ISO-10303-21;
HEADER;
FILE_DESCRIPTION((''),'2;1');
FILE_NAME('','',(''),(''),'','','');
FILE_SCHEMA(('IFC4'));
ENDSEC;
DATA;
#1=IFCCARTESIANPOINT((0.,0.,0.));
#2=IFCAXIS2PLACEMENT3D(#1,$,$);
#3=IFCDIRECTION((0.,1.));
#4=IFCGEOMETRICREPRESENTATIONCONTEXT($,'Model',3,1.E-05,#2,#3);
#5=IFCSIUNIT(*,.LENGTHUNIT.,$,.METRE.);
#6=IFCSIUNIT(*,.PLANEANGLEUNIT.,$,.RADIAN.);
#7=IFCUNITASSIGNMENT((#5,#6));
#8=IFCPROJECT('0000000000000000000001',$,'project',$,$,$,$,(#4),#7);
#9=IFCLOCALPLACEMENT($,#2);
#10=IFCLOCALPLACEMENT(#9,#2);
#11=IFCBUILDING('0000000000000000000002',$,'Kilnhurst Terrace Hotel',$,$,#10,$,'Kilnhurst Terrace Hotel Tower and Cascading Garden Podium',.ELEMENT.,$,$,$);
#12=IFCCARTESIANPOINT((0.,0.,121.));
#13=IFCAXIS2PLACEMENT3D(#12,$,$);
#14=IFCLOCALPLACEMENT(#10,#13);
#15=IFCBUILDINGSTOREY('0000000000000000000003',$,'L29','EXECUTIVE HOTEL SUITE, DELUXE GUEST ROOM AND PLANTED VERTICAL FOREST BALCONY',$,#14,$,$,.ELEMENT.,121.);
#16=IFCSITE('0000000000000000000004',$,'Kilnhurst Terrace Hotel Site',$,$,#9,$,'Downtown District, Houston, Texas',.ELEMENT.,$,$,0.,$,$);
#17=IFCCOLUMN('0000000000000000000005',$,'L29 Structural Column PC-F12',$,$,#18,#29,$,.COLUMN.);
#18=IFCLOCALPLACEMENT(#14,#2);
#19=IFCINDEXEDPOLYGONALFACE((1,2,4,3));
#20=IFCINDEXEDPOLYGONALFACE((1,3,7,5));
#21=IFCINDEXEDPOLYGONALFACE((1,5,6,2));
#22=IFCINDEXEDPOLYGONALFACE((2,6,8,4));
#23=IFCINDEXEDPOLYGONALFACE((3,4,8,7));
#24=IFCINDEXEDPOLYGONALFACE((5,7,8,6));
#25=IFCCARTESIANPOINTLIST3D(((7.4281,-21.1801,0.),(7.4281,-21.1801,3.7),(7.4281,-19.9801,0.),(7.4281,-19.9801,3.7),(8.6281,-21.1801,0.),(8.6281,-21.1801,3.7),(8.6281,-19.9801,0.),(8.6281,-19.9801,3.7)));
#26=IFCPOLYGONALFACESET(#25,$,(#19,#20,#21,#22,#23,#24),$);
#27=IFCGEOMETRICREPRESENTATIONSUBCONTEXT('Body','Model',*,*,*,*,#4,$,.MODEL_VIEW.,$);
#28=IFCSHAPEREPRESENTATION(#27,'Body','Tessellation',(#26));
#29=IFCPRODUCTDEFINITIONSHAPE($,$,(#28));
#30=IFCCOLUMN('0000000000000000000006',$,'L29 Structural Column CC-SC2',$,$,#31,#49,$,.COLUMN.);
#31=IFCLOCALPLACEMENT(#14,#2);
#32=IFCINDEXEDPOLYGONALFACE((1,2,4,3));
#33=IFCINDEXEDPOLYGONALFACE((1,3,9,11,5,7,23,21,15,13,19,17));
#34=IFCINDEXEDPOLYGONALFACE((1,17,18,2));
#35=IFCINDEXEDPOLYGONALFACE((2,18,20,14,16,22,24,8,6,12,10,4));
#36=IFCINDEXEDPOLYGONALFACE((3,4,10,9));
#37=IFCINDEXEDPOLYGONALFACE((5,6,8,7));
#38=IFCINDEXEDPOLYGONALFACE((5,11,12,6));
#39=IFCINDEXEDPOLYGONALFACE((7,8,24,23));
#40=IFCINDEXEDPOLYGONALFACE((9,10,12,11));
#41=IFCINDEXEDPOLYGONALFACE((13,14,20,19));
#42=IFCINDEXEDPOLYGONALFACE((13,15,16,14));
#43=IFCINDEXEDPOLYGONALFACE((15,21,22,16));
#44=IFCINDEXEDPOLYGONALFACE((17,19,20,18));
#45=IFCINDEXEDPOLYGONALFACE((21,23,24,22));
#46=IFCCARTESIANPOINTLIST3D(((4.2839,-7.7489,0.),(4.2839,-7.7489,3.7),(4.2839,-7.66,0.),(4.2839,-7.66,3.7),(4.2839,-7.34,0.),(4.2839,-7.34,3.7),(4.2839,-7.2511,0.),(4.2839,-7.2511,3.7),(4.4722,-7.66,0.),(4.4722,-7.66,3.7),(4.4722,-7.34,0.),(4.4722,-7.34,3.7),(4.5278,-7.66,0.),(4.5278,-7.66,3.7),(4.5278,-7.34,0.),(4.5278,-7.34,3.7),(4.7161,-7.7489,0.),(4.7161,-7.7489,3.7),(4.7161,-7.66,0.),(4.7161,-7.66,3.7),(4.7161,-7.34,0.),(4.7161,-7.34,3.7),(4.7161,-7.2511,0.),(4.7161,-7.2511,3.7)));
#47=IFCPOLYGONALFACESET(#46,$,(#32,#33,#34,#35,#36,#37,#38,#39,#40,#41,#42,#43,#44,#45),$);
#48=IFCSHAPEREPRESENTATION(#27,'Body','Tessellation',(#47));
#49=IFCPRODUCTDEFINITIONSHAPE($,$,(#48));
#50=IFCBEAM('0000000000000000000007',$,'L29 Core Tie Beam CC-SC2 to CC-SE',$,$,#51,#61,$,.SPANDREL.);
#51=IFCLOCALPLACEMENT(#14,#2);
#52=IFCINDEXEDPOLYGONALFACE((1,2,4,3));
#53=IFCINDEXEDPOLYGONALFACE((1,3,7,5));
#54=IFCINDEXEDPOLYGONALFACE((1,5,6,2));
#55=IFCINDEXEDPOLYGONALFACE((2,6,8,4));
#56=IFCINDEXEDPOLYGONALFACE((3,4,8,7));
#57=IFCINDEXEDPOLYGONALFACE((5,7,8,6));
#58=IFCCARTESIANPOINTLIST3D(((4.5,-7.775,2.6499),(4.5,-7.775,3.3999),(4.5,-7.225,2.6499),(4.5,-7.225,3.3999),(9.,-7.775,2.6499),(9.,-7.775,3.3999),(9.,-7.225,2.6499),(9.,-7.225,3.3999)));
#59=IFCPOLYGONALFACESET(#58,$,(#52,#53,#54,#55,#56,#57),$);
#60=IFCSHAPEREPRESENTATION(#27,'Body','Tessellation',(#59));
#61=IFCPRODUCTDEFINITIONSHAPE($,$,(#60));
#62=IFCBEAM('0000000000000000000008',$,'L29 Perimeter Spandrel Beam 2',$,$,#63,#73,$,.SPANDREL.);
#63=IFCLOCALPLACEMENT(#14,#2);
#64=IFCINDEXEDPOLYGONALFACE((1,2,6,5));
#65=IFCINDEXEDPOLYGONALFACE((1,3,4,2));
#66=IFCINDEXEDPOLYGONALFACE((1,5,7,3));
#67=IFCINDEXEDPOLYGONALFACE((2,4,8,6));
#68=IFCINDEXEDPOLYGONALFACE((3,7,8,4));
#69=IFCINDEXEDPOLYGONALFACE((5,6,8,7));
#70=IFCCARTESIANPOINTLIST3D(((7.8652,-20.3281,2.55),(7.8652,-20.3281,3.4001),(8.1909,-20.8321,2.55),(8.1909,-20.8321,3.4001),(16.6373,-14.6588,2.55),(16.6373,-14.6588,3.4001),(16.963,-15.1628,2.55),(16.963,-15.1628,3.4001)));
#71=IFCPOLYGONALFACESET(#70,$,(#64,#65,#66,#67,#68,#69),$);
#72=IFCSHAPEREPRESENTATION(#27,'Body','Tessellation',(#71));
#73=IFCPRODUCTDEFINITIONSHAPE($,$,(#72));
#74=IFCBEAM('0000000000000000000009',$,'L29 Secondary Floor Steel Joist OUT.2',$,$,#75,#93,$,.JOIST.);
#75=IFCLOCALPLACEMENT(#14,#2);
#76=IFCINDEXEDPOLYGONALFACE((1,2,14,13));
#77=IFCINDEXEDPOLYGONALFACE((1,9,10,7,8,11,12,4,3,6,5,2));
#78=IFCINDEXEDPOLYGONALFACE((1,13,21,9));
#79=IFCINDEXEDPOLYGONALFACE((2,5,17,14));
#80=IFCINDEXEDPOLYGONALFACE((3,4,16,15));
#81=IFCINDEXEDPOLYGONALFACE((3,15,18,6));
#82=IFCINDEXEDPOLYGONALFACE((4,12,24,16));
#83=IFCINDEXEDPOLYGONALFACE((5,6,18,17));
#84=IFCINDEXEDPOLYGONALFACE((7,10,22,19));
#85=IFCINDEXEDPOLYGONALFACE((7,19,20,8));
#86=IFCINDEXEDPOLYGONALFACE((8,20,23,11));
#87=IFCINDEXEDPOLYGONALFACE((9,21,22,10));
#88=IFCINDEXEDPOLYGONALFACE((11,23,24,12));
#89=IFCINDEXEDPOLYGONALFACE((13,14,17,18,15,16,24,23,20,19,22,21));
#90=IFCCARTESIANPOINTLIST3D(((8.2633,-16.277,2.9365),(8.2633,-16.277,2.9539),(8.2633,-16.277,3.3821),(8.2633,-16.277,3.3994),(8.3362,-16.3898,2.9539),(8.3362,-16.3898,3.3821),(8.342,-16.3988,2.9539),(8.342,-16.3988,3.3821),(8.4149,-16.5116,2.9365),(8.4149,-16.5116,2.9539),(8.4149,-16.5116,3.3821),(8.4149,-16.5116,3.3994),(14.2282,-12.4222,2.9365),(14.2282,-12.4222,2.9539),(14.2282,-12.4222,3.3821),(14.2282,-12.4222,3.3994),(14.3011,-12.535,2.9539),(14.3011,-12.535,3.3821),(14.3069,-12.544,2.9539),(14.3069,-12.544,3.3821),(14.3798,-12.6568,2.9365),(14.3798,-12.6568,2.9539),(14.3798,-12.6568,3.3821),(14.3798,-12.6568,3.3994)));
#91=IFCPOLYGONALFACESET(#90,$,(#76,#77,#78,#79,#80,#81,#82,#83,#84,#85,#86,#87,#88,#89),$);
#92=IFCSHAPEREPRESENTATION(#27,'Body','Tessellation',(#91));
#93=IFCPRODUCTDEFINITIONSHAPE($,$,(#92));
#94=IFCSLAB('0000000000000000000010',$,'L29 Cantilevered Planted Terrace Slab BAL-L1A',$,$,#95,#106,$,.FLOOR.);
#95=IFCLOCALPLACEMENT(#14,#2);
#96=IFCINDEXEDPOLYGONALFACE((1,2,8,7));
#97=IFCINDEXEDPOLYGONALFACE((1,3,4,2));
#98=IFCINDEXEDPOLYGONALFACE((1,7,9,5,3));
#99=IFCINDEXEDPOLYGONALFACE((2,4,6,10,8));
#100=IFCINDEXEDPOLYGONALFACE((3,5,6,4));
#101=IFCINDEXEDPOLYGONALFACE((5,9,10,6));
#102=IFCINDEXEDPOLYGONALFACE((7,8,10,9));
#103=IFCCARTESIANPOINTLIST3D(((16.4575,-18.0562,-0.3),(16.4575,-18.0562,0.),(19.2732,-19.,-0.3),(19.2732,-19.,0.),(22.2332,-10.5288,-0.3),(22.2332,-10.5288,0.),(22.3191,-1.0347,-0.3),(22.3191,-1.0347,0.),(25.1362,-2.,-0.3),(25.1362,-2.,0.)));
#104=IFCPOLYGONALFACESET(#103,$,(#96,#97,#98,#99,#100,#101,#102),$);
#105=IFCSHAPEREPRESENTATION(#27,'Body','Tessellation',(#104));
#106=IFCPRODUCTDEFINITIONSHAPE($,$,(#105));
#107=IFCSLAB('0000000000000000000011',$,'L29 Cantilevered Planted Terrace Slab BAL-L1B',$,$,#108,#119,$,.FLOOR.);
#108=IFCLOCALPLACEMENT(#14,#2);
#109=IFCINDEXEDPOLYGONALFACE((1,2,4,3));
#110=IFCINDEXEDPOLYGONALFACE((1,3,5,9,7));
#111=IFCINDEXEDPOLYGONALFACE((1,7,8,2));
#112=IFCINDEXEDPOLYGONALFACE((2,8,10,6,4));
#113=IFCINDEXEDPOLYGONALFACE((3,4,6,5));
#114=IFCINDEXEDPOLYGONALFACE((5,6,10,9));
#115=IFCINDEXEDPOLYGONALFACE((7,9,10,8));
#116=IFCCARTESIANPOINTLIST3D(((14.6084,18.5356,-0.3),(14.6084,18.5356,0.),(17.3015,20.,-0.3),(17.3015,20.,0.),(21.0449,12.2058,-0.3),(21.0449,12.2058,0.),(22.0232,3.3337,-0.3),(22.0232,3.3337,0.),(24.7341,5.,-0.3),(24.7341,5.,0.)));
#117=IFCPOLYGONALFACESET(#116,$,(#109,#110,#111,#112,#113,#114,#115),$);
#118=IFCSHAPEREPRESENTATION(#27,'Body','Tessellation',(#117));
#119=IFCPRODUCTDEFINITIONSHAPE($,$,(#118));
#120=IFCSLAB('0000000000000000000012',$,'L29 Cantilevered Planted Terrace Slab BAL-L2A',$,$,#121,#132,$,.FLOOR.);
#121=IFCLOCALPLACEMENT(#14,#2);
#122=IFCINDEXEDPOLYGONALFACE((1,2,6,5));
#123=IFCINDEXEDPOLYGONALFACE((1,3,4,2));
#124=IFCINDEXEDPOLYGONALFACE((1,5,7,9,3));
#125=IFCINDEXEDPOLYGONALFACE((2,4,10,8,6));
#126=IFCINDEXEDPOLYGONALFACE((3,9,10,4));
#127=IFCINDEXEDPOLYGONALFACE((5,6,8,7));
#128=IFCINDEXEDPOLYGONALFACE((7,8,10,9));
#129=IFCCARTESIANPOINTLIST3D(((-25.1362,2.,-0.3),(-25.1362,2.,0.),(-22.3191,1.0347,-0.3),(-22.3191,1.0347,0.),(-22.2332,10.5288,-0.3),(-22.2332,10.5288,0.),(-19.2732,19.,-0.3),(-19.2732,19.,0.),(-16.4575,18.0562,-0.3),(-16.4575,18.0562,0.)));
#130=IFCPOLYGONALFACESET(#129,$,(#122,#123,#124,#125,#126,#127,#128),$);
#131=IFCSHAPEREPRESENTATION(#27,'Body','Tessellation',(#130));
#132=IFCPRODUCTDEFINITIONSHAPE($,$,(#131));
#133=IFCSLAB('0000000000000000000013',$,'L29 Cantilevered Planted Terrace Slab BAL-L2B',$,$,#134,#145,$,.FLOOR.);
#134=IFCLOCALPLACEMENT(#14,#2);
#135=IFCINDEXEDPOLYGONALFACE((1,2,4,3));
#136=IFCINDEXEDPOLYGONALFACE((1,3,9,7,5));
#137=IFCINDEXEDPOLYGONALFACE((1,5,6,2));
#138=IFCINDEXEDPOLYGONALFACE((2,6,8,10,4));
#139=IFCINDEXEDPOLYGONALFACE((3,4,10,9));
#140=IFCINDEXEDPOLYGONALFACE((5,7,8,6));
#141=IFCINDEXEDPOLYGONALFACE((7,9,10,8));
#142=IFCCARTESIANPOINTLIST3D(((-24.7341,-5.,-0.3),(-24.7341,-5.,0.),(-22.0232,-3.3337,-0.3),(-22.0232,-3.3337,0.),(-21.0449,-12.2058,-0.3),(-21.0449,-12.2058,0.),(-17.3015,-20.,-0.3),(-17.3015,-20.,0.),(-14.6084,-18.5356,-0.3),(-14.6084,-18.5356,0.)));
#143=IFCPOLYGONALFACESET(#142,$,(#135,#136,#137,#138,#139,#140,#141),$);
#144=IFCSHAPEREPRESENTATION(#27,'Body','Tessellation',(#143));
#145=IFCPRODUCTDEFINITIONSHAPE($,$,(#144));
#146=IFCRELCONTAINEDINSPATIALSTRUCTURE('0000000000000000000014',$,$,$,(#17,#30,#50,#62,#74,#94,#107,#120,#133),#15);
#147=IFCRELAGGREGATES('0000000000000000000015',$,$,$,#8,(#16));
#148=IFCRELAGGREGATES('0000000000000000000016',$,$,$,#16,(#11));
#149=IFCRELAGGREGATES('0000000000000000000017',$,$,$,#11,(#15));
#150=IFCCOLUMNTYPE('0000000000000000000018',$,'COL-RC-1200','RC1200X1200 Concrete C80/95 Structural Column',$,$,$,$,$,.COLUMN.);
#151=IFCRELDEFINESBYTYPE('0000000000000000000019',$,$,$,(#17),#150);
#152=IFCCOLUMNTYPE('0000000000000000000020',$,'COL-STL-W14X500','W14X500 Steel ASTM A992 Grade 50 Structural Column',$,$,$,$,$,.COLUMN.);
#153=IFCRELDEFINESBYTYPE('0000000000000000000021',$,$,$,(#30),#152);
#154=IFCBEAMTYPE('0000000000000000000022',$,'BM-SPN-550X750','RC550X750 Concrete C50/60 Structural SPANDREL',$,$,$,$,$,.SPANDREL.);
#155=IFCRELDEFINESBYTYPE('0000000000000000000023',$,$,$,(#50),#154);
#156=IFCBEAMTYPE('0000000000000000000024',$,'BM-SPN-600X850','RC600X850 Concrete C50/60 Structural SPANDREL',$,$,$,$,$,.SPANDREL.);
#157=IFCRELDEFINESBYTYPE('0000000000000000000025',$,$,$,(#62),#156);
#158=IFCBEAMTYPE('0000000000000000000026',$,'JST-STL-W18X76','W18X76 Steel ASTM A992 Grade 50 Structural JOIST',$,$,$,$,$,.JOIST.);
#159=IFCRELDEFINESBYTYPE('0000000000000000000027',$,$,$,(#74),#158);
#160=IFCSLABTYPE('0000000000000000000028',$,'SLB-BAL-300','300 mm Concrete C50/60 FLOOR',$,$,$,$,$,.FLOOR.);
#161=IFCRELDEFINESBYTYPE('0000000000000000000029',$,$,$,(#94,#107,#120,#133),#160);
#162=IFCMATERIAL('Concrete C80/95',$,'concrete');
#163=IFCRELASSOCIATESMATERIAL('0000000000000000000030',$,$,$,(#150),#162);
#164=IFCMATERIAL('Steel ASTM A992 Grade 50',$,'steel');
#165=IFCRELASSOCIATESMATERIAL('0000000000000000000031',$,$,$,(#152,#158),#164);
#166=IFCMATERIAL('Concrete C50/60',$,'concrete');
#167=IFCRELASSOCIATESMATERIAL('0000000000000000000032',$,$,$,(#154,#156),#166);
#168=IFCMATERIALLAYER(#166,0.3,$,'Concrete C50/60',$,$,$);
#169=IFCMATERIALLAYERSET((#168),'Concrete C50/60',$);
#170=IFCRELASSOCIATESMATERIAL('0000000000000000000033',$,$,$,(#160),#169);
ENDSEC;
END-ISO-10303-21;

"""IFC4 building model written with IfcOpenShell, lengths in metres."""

from ifc_helpers import new_model, si_unit, direction, frame, origin, origin_2d, place, context, subcontext, project, spatial, polyline, rectangle, i_section, outline, extrude, material, layer, layer_set, material_profile, profile_set, type_object, element, save


model = new_model("IFC4")

# Units and contexts
model_context = context("Model", 3, precision=1e-05, world=origin(), true_north=direction((0.0, 1.0)))
body_context = subcontext(model_context, "Body", "Model", "MODEL_VIEW")
ifc_project = project(units=[si_unit("LENGTHUNIT", "METRE"), si_unit("PLANEANGLEUNIT", "RADIAN")], contexts=[model_context])

# Site, building, storey
site_placement = place(None, origin())
site = spatial("IfcSite", under=ifc_project, at=site_placement, Name="Kilnhurst Terrace Hotel Site", LongName="Downtown District, Houston, Texas", CompositionType="ELEMENT", RefElevation=0.0)
building_placement = place(site_placement, origin())
building = spatial("IfcBuilding", under=site, at=building_placement, Name="Kilnhurst Terrace Hotel", LongName="Kilnhurst Terrace Hotel Tower and Cascading Garden Podium", CompositionType="ELEMENT")
storey_placement = place(building_placement, frame((0.0, 0.0, 121.0)))
storey = spatial("IfcBuildingStorey", under=building, at=storey_placement, Name="L29", Description="EXECUTIVE HOTEL SUITE, DELUXE GUEST ROOM AND PLANTED VERTICAL FOREST BALCONY", CompositionType="ELEMENT", Elevation=121.0)

# Columns
ifc_material_1 = material(Name="Concrete C80/95", Category="concrete")
ifc_material_profile_1 = material_profile(ifc_material_1, rectangle(XDim=1.2, YDim=1.2, at=origin_2d()), Name="RC1200X1200")
ifc_profile_set_1 = profile_set([ifc_material_profile_1], Name="Concrete C80/95")
column_type_1 = type_object("IfcColumnType", Name="COL-RC-1200", Description="RC1200X1200 Concrete C80/95 Structural Column", PredefinedType="COLUMN", material=ifc_profile_set_1)
column_1_placement = place(storey_placement, frame((8.0281, -20.5801, 0.0), z_axis=(0.0, 0.0, 1.0), x_axis=(1.0, 0.0, 0.0)))
element("IfcColumn", 1, at=column_1_placement, inside=storey, type_object=column_type_1, Name="L29 Structural Column PC-F12", PredefinedType="COLUMN", context=body_context, shape_type="SweptSolid", body=[
    extrude(rectangle(XDim=1.2, YDim=1.2, at=origin_2d()), origin(), (0.0, 0.0, 1.0), 3.7),
])
ifc_material_2 = material(Name="Steel ASTM A992 Grade 50", Category="steel")
ifc_material_profile_2 = material_profile(ifc_material_2, i_section(OverallWidth=0.4321, OverallDepth=0.4978, WebThickness=0.0557, FlangeThickness=0.0889, at=origin_2d()), Name="W14X500")
ifc_profile_set_2 = profile_set([ifc_material_profile_2], Name="Steel ASTM A992 Grade 50")
column_type_2 = type_object("IfcColumnType", Name="COL-STL-W14X500", Description="W14X500 Steel ASTM A992 Grade 50 Structural Column", PredefinedType="COLUMN", material=ifc_profile_set_2)
column_2_placement = place(storey_placement, frame((4.5, -7.5, 0.0), z_axis=(0.0, 0.0, 1.0), x_axis=(1.0, 0.0, 0.0)))
element("IfcColumn", 2, at=column_2_placement, inside=storey, type_object=column_type_2, Name="L29 Structural Column CC-SC2", PredefinedType="COLUMN", context=body_context, shape_type="SweptSolid", body=[
    extrude(i_section(OverallWidth=0.4321, OverallDepth=0.4978, WebThickness=0.0557, FlangeThickness=0.0889, at=origin_2d()), origin(), (0.0, 0.0, 1.0), 3.7),
])

# Beams
ifc_material_3 = material(Name="Concrete C50/60", Category="concrete")
ifc_material_profile_3 = material_profile(ifc_material_3, rectangle(XDim=0.55, YDim=0.75, at=origin_2d()), Name="RC550X750")
ifc_profile_set_3 = profile_set([ifc_material_profile_3], Name="Concrete C50/60")
beam_type_1 = type_object("IfcBeamType", Name="BM-SPN-550X750", Description="RC550X750 Concrete C50/60 Structural SPANDREL", PredefinedType="SPANDREL", material=ifc_profile_set_3)
beam_1_placement = place(storey_placement, frame((4.5, -7.5, 3.0249), z_axis=(1.0, 0.0, 0.0), x_axis=(0.0, 1.0, 0.0)))
element("IfcBeam", 3, at=beam_1_placement, inside=storey, type_object=beam_type_1, Name="L29 Core Tie Beam CC-SC2 to CC-SE", PredefinedType="SPANDREL", context=body_context, shape_type="SweptSolid", body=[
    extrude(rectangle(XDim=0.55, YDim=0.75, at=origin_2d()), origin(), (0.0, 0.0, 1.0), 4.5),
])
ifc_material_profile_4 = material_profile(ifc_material_3, rectangle(XDim=0.6001, YDim=0.8501, at=origin_2d()), Name="RC600X850")
ifc_profile_set_4 = profile_set([ifc_material_profile_4], Name="Concrete C50/60")
beam_type_2 = type_object("IfcBeamType", Name="BM-SPN-600X850", Description="RC600X850 Concrete C50/60 Structural SPANDREL", PredefinedType="SPANDREL", material=ifc_profile_set_4)
beam_2_placement = place(storey_placement, frame((8.0281, -20.5801, 2.9751), z_axis=(0.839867, 0.542793, 0.0), x_axis=(-0.542793, 0.839867, 0.0)))
element("IfcBeam", 4, at=beam_2_placement, inside=storey, type_object=beam_type_2, Name="L29 Perimeter Spandrel Beam 2", PredefinedType="SPANDREL", context=body_context, shape_type="SweptSolid", body=[
    extrude(rectangle(XDim=0.6001, YDim=0.8501, at=origin_2d()), origin(), (0.0, 0.0, 1.0), 10.4446),
])
ifc_material_profile_5 = material_profile(ifc_material_2, i_section(OverallWidth=0.2793, OverallDepth=0.4629, WebThickness=0.0107, FlangeThickness=0.0173, at=origin_2d()), Name="W18X76")
ifc_profile_set_5 = profile_set([ifc_material_profile_5], Name="Steel ASTM A992 Grade 50")
beam_type_3 = type_object("IfcBeamType", Name="JST-STL-W18X76", Description="W18X76 Steel ASTM A992 Grade 50 Structural JOIST", PredefinedType="JOIST", material=ifc_profile_set_5)
beam_3_placement = place(storey_placement, frame((8.3391, -16.3943, 3.168), z_axis=(0.839883, 0.542768, 0.0), x_axis=(-0.542768, 0.839883, 0.0)))
element("IfcBeam", 5, at=beam_3_placement, inside=storey, type_object=beam_type_3, Name="L29 Secondary Floor Steel Joist OUT.2", PredefinedType="JOIST", context=body_context, shape_type="SweptSolid", body=[
    extrude(i_section(OverallWidth=0.2793, OverallDepth=0.4629, WebThickness=0.0107, FlangeThickness=0.0173, at=origin_2d()), origin(), (0.0, 0.0, 1.0), 7.1021),
])

# Slabs
ifc_layer_1 = layer(ifc_material_3, 0.3, Name="Concrete C50/60")
ifc_layer_set_1 = layer_set([ifc_layer_1], Name="Concrete C50/60")
slab_type_1 = type_object("IfcSlabType", Name="SLB-BAL-300", Description="300 mm Concrete C50/60 FLOOR", PredefinedType="FLOOR", material=ifc_layer_set_1)
slab_1_placement = place(storey_placement, frame((0.0, 0.0, -0.3)))
element("IfcSlab", 6, at=slab_1_placement, inside=storey, type_object=slab_type_1, Name="L29 Cantilevered Planted Terrace Slab BAL-L1A", PredefinedType="FLOOR", context=body_context, shape_type="SweptSolid", body=[
    extrude(outline(polyline([(22.2332, -10.5288), (19.2732, -19.0), (16.4575, -18.0562), (22.3191, -1.0347), (25.1362, -2.0), (22.2332, -10.5288)])), origin(), (0.0, 0.0, 1.0), 0.3),
])
slab_2_placement = place(storey_placement, frame((0.0, 0.0, -0.3)))
element("IfcSlab", 7, at=slab_2_placement, inside=storey, type_object=slab_type_1, Name="L29 Cantilevered Planted Terrace Slab BAL-L1B", PredefinedType="FLOOR", context=body_context, shape_type="SweptSolid", body=[
    extrude(outline(polyline([(24.7341, 5.0), (22.0232, 3.3337), (14.6084, 18.5356), (17.3015, 20.0), (21.0449, 12.2058), (24.7341, 5.0)])), origin(), (0.0, 0.0, 1.0), 0.3),
])
slab_3_placement = place(storey_placement, frame((0.0, 0.0, -0.3)))
element("IfcSlab", 8, at=slab_3_placement, inside=storey, type_object=slab_type_1, Name="L29 Cantilevered Planted Terrace Slab BAL-L2A", PredefinedType="FLOOR", context=body_context, shape_type="SweptSolid", body=[
    extrude(outline(polyline([(-19.2732, 19.0), (-16.4575, 18.0562), (-22.3191, 1.0347), (-25.1362, 2.0), (-22.2332, 10.5288), (-19.2732, 19.0)])), origin(), (0.0, 0.0, 1.0), 0.3),
])
slab_4_placement = place(storey_placement, frame((0.0, 0.0, -0.3)))
element("IfcSlab", 9, at=slab_4_placement, inside=storey, type_object=slab_type_1, Name="L29 Cantilevered Planted Terrace Slab BAL-L2B", PredefinedType="FLOOR", context=body_context, shape_type="SweptSolid", body=[
    extrude(outline(polyline([(-24.7341, -5.0), (-22.0232, -3.3337), (-14.6084, -18.5356), (-17.3015, -20.0), (-21.0449, -12.2058), (-24.7341, -5.0)])), origin(), (0.0, 0.0, 1.0), 0.3),
])

save(model, "model.ifc")
